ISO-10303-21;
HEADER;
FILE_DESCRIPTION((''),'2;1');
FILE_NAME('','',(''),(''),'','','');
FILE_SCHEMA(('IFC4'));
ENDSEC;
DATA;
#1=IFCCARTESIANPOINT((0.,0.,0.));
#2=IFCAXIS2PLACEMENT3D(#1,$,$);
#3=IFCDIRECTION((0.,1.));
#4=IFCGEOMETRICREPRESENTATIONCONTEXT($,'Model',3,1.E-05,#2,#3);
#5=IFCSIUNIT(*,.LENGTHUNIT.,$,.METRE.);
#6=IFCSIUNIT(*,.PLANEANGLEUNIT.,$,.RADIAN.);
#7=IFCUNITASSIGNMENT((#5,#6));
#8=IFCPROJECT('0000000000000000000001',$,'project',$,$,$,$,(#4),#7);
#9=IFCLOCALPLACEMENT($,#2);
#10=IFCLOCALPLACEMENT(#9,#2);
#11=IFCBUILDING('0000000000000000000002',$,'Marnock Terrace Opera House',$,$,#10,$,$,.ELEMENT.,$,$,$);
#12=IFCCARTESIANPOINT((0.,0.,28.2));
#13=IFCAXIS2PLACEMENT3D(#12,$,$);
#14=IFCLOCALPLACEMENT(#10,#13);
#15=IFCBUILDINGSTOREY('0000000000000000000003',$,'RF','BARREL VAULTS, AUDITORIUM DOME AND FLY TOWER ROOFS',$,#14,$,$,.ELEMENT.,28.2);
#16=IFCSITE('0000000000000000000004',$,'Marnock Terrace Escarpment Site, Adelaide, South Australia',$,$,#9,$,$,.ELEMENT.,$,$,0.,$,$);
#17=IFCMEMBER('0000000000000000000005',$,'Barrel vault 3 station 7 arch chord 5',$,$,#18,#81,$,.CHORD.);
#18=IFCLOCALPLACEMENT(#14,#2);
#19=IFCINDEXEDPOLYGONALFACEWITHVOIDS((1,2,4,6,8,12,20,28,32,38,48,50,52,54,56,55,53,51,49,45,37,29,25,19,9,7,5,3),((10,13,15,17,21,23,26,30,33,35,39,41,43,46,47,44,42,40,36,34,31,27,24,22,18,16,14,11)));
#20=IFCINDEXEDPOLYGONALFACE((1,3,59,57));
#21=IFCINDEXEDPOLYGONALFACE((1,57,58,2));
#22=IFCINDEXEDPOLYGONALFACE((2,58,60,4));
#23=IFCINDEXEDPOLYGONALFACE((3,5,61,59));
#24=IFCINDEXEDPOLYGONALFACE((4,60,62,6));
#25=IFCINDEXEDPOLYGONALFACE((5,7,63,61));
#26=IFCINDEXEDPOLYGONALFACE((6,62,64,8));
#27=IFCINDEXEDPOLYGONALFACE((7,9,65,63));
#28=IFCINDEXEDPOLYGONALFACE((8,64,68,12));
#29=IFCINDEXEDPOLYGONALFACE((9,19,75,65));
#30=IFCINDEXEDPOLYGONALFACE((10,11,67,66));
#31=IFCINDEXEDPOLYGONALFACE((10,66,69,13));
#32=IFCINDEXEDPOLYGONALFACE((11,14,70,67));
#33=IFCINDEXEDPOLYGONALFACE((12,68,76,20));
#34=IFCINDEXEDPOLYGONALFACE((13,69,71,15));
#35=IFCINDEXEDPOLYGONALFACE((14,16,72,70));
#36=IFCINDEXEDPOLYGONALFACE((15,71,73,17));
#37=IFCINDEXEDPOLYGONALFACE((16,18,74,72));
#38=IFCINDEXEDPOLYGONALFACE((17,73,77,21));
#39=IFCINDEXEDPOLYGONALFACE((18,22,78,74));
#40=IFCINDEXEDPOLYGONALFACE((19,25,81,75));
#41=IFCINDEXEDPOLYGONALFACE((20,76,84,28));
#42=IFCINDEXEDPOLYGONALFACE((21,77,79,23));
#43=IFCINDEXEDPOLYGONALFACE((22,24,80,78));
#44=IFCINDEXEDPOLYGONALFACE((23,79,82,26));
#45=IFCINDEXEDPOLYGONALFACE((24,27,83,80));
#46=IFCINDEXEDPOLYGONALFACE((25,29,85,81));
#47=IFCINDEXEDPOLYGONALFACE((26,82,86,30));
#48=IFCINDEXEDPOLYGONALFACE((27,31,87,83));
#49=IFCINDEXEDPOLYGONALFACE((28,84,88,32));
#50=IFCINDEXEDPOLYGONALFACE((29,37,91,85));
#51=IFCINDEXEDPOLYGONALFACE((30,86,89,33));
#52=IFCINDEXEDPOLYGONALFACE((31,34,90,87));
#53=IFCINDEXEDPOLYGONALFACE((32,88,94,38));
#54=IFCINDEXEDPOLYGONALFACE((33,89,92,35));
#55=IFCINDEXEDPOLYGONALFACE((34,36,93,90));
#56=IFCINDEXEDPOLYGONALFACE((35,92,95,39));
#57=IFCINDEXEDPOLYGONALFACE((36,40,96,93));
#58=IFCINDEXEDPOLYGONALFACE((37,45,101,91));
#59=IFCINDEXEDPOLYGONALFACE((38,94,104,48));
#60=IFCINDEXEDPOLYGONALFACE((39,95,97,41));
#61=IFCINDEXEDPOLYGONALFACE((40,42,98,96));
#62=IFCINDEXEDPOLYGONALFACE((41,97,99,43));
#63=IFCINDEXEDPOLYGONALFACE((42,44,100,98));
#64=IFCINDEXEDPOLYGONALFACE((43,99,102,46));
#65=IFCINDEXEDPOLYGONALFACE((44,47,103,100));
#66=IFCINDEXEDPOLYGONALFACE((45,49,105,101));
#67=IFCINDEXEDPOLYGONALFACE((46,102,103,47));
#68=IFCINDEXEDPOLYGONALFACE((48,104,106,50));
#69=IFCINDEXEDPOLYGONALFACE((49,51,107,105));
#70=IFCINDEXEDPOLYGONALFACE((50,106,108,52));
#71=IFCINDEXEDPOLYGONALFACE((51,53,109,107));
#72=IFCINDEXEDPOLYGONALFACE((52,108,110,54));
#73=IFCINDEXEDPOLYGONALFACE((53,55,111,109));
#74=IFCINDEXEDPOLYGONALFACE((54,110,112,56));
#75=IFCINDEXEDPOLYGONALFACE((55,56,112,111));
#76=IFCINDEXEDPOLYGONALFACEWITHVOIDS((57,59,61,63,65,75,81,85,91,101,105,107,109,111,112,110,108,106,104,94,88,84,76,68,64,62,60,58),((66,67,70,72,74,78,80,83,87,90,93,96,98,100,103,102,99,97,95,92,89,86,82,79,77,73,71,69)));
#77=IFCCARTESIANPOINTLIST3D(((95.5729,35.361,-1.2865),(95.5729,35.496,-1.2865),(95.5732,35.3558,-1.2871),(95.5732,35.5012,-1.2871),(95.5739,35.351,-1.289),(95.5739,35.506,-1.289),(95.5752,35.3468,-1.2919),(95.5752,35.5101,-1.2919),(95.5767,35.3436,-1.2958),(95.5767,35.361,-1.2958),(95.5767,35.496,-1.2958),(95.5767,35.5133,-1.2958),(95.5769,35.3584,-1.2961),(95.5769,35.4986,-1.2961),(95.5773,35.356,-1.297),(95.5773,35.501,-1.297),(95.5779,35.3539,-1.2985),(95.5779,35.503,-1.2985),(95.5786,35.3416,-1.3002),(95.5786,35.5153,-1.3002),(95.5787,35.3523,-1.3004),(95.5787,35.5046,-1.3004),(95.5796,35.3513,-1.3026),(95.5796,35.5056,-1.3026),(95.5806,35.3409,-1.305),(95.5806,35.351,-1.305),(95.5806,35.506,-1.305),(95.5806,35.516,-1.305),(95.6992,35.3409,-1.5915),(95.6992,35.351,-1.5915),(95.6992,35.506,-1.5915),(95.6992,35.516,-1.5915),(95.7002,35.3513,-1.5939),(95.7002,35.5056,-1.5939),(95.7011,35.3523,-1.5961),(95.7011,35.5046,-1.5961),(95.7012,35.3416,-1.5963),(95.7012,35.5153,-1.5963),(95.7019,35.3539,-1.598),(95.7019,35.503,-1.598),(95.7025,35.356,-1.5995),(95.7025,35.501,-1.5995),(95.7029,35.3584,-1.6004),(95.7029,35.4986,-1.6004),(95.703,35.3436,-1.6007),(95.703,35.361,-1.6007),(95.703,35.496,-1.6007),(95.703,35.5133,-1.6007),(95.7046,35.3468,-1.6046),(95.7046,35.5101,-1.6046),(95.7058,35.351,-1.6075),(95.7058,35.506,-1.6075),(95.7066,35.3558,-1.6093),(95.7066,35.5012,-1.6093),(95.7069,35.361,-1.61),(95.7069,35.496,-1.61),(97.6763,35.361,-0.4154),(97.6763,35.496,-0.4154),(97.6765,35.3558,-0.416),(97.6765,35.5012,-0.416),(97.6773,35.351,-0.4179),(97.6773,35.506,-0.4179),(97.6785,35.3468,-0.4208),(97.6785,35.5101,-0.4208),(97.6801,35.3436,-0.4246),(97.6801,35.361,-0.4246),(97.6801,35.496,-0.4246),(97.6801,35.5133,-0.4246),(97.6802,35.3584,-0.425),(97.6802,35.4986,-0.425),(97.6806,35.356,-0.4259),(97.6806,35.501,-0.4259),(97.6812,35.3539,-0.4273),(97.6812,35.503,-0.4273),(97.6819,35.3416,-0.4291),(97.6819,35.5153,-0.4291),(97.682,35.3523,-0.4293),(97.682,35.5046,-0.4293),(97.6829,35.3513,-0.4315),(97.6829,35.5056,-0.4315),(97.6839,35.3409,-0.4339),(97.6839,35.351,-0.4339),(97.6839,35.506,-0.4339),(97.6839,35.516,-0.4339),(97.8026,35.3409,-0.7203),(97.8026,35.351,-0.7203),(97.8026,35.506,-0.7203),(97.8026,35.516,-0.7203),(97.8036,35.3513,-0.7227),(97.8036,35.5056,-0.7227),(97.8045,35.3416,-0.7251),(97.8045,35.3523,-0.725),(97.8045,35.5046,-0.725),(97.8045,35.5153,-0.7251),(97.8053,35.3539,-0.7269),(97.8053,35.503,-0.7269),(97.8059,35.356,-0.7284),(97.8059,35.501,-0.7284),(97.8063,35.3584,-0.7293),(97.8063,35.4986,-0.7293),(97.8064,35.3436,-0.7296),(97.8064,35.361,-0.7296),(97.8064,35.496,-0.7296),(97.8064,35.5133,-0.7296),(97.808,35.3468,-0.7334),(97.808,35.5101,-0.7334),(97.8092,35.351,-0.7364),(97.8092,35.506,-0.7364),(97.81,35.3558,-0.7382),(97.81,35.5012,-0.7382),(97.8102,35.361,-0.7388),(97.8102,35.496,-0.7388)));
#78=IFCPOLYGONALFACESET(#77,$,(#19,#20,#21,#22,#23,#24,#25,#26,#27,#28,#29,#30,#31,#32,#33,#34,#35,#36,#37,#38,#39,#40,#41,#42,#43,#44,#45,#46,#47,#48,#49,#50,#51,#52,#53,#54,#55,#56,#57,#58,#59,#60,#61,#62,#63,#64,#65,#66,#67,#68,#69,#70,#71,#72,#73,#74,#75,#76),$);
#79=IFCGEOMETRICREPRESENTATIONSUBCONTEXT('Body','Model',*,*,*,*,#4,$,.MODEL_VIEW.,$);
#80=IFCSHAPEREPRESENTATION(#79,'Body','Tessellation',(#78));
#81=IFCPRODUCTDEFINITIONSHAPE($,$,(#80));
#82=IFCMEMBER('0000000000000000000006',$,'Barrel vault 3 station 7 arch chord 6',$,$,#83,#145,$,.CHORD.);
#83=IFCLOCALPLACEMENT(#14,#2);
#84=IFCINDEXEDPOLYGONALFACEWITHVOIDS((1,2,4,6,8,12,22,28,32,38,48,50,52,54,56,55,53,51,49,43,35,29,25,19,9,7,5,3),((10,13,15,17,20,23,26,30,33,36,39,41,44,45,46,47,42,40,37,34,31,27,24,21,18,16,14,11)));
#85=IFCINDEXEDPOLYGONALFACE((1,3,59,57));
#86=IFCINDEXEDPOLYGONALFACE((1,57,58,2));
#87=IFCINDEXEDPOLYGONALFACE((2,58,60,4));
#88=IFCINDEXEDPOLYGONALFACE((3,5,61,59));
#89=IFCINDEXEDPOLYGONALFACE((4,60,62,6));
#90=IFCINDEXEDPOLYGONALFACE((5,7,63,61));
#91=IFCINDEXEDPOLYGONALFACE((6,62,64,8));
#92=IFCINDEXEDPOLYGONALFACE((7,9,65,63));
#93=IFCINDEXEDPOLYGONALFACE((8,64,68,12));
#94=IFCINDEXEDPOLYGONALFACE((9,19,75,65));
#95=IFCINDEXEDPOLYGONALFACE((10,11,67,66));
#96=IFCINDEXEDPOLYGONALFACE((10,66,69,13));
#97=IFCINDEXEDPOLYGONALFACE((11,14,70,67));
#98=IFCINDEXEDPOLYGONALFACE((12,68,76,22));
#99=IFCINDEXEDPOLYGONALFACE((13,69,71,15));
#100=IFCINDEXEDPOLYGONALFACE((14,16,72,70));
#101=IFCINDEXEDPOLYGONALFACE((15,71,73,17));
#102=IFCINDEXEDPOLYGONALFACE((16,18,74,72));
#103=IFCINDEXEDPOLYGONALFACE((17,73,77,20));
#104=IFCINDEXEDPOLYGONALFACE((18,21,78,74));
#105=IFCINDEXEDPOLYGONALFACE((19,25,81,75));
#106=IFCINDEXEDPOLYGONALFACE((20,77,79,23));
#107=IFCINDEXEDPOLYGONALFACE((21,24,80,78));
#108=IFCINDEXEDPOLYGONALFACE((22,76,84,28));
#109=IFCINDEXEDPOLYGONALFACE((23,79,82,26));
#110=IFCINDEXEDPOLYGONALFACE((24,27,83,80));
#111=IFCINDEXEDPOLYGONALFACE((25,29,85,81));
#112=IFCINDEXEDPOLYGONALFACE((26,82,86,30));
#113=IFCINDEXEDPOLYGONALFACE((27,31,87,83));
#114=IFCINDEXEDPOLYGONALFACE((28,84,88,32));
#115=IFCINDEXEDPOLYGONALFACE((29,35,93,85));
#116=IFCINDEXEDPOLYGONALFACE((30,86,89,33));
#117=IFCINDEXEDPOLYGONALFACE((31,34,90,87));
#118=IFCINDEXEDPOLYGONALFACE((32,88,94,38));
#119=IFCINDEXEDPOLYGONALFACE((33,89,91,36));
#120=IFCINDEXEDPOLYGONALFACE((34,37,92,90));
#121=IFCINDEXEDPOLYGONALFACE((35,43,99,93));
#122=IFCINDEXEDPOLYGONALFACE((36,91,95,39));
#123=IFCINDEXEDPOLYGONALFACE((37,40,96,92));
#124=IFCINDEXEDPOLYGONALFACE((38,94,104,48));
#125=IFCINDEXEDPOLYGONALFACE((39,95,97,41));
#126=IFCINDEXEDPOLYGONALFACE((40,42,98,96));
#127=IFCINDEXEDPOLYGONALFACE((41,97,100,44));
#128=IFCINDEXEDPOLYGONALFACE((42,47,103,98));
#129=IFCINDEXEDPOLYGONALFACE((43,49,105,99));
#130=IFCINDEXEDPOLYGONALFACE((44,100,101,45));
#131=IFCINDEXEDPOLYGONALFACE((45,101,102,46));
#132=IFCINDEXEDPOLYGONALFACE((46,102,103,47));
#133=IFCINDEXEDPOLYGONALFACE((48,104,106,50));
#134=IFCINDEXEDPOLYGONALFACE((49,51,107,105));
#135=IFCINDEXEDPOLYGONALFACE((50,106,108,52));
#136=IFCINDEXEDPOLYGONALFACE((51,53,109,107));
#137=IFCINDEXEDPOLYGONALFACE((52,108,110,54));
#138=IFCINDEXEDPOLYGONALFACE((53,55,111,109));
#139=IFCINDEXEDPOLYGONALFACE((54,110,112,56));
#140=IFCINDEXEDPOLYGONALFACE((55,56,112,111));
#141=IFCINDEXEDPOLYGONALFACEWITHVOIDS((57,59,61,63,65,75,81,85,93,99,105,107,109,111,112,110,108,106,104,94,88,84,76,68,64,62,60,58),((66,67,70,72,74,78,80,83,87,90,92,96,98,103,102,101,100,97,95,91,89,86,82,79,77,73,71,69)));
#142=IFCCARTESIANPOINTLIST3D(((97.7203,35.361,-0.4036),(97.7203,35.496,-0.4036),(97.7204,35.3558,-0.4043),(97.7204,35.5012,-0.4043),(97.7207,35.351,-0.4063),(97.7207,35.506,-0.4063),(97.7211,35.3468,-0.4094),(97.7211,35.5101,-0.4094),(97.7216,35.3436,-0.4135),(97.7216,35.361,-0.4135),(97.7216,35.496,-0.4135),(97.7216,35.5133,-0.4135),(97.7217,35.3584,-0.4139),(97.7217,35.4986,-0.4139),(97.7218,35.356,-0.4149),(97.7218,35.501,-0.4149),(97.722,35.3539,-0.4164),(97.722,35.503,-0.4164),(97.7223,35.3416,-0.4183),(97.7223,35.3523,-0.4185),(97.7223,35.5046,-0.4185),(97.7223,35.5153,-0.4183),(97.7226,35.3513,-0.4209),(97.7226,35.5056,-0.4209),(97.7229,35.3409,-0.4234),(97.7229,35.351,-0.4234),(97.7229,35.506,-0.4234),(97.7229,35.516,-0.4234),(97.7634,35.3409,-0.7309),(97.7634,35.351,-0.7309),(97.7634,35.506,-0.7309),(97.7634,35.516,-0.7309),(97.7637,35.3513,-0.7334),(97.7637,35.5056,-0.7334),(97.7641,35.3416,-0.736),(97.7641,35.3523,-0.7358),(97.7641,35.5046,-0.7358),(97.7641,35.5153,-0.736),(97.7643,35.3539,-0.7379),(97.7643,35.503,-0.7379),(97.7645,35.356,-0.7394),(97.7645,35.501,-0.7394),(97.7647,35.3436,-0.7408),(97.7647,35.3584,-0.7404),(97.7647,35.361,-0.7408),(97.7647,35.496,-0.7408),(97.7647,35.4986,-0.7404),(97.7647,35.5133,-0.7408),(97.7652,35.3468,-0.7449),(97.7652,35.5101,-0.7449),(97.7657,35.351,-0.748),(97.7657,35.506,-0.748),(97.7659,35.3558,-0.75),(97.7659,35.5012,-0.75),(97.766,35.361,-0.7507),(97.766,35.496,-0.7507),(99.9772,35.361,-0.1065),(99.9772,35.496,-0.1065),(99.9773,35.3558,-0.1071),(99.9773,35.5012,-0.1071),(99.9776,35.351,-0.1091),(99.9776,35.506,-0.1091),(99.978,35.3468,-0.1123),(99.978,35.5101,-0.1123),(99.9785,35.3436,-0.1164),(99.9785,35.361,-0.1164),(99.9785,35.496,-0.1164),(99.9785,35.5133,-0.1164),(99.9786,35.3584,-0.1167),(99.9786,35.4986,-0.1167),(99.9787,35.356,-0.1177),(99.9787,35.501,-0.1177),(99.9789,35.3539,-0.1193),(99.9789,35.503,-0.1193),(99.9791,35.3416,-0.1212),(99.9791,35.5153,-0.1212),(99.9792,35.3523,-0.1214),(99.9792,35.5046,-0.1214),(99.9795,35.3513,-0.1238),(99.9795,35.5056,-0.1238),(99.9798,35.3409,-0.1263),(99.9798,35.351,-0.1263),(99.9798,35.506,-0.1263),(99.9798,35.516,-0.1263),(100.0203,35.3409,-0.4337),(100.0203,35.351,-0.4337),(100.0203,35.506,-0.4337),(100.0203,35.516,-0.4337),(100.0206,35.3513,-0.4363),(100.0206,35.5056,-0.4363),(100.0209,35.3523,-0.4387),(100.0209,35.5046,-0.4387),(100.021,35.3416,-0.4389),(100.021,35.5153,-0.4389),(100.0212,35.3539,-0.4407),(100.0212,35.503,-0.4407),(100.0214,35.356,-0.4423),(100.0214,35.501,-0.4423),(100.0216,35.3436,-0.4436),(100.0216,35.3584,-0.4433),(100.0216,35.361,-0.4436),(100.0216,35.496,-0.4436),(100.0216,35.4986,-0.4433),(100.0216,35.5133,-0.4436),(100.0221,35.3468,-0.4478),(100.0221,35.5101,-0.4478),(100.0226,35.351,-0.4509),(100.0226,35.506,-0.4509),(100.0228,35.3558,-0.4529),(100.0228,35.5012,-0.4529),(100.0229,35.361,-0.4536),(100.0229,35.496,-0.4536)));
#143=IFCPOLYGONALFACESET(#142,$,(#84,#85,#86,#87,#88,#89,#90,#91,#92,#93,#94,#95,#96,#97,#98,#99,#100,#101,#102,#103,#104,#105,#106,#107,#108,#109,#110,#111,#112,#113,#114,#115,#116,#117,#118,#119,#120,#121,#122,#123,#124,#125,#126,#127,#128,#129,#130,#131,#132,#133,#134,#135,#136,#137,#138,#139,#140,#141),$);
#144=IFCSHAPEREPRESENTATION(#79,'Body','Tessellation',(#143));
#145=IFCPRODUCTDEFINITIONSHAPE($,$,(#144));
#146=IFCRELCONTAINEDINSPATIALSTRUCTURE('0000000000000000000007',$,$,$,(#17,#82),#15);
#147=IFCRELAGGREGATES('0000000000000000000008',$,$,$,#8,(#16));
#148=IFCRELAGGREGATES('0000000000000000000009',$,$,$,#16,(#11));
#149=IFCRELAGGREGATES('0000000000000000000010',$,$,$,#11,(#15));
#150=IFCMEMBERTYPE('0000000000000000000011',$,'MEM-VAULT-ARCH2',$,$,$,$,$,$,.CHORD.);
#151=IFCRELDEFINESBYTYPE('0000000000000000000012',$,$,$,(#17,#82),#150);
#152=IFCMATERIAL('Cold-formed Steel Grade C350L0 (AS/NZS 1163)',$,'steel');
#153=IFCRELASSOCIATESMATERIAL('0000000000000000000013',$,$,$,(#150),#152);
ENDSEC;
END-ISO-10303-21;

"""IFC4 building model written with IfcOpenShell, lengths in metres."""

from ifc_helpers import new_model, si_unit, direction, frame, origin, origin_2d, place, context, subcontext, project, spatial, hollow_rectangle, extrude, material, material_profile, profile_set, type_object, element, save


model = new_model("IFC4")

# Units and contexts
model_context = context("Model", 3, precision=1e-05, world=origin(), true_north=direction((0.0, 1.0)))
body_context = subcontext(model_context, "Body", "Model", "MODEL_VIEW")
ifc_project = project(units=[si_unit("LENGTHUNIT", "METRE"), si_unit("PLANEANGLEUNIT", "RADIAN")], contexts=[model_context])

# Site, building, storey
site_placement = place(None, origin())
site = spatial("IfcSite", under=ifc_project, at=site_placement, Name="Marnock Terrace Escarpment Site, Adelaide, South Australia", CompositionType="ELEMENT", RefElevation=0.0)
building_placement = place(site_placement, origin())
building = spatial("IfcBuilding", under=site, at=building_placement, Name="Marnock Terrace Opera House", CompositionType="ELEMENT")
storey_placement = place(building_placement, frame((0.0, 0.0, 28.2)))
storey = spatial("IfcBuildingStorey", under=building, at=storey_placement, Name="RF", Description="BARREL VAULTS, AUDITORIUM DOME AND FLY TOWER ROOFS", CompositionType="ELEMENT", Elevation=28.2)

# Members
ifc_material_1 = material(Name="Cold-formed Steel Grade C350L0 (AS/NZS 1163)", Category="steel")
ifc_material_profile_1 = material_profile(ifc_material_1, hollow_rectangle(XDim=0.175, YDim=0.3501, WallThickness=0.01, InnerFilletRadius=0.01, OuterFilletRadius=0.02, at=origin_2d()))
ifc_profile_set_1 = profile_set([ifc_material_profile_1], Name="Cold-formed Steel Grade C350L0 (AS/NZS 1163)")
member_type_1 = type_object("IfcMemberType", Name="MEM-VAULT-ARCH2", PredefinedType="CHORD", material=ifc_profile_set_1)
member_1_placement = place(storey_placement, frame((95.6399, 35.4285, -1.4482), z_axis=(0.923897, 0.0, 0.382642), x_axis=(0.0, 1.0, 0.0)))
element("IfcMember", 1, at=member_1_placement, inside=storey, type_object=member_type_1, Name="Barrel vault 3 station 7 arch chord 5", PredefinedType="CHORD", context=body_context, shape_type="SweptSolid", body=[
    extrude(hollow_rectangle(XDim=0.175, YDim=0.3501, WallThickness=0.01, InnerFilletRadius=0.01, OuterFilletRadius=0.02, at=origin_2d()), origin(), (0.0, 0.0, 1.0), 2.2766),
])
for number, where, z_axis, x_axis, name in (
    (2, (97.7432, 35.4285, -0.5771), (0.991445, 0.0, 0.130527), (0.0, 1.0, 0.0), "Barrel vault 3 station 7 arch chord 6"),
):
    element("IfcMember", number, at=place(storey_placement, frame(where, z_axis=z_axis, x_axis=x_axis)), inside=storey, type_object=member_type_1, Name=name, PredefinedType="CHORD", context=body_context, shape_type="SweptSolid", body=[
        extrude(hollow_rectangle(XDim=0.175, YDim=0.3501, WallThickness=0.01, InnerFilletRadius=0.01, OuterFilletRadius=0.02, at=origin_2d()), origin(), (0.0, 0.0, 1.0), 2.2764),
    ])

save(model, "model.ifc")
